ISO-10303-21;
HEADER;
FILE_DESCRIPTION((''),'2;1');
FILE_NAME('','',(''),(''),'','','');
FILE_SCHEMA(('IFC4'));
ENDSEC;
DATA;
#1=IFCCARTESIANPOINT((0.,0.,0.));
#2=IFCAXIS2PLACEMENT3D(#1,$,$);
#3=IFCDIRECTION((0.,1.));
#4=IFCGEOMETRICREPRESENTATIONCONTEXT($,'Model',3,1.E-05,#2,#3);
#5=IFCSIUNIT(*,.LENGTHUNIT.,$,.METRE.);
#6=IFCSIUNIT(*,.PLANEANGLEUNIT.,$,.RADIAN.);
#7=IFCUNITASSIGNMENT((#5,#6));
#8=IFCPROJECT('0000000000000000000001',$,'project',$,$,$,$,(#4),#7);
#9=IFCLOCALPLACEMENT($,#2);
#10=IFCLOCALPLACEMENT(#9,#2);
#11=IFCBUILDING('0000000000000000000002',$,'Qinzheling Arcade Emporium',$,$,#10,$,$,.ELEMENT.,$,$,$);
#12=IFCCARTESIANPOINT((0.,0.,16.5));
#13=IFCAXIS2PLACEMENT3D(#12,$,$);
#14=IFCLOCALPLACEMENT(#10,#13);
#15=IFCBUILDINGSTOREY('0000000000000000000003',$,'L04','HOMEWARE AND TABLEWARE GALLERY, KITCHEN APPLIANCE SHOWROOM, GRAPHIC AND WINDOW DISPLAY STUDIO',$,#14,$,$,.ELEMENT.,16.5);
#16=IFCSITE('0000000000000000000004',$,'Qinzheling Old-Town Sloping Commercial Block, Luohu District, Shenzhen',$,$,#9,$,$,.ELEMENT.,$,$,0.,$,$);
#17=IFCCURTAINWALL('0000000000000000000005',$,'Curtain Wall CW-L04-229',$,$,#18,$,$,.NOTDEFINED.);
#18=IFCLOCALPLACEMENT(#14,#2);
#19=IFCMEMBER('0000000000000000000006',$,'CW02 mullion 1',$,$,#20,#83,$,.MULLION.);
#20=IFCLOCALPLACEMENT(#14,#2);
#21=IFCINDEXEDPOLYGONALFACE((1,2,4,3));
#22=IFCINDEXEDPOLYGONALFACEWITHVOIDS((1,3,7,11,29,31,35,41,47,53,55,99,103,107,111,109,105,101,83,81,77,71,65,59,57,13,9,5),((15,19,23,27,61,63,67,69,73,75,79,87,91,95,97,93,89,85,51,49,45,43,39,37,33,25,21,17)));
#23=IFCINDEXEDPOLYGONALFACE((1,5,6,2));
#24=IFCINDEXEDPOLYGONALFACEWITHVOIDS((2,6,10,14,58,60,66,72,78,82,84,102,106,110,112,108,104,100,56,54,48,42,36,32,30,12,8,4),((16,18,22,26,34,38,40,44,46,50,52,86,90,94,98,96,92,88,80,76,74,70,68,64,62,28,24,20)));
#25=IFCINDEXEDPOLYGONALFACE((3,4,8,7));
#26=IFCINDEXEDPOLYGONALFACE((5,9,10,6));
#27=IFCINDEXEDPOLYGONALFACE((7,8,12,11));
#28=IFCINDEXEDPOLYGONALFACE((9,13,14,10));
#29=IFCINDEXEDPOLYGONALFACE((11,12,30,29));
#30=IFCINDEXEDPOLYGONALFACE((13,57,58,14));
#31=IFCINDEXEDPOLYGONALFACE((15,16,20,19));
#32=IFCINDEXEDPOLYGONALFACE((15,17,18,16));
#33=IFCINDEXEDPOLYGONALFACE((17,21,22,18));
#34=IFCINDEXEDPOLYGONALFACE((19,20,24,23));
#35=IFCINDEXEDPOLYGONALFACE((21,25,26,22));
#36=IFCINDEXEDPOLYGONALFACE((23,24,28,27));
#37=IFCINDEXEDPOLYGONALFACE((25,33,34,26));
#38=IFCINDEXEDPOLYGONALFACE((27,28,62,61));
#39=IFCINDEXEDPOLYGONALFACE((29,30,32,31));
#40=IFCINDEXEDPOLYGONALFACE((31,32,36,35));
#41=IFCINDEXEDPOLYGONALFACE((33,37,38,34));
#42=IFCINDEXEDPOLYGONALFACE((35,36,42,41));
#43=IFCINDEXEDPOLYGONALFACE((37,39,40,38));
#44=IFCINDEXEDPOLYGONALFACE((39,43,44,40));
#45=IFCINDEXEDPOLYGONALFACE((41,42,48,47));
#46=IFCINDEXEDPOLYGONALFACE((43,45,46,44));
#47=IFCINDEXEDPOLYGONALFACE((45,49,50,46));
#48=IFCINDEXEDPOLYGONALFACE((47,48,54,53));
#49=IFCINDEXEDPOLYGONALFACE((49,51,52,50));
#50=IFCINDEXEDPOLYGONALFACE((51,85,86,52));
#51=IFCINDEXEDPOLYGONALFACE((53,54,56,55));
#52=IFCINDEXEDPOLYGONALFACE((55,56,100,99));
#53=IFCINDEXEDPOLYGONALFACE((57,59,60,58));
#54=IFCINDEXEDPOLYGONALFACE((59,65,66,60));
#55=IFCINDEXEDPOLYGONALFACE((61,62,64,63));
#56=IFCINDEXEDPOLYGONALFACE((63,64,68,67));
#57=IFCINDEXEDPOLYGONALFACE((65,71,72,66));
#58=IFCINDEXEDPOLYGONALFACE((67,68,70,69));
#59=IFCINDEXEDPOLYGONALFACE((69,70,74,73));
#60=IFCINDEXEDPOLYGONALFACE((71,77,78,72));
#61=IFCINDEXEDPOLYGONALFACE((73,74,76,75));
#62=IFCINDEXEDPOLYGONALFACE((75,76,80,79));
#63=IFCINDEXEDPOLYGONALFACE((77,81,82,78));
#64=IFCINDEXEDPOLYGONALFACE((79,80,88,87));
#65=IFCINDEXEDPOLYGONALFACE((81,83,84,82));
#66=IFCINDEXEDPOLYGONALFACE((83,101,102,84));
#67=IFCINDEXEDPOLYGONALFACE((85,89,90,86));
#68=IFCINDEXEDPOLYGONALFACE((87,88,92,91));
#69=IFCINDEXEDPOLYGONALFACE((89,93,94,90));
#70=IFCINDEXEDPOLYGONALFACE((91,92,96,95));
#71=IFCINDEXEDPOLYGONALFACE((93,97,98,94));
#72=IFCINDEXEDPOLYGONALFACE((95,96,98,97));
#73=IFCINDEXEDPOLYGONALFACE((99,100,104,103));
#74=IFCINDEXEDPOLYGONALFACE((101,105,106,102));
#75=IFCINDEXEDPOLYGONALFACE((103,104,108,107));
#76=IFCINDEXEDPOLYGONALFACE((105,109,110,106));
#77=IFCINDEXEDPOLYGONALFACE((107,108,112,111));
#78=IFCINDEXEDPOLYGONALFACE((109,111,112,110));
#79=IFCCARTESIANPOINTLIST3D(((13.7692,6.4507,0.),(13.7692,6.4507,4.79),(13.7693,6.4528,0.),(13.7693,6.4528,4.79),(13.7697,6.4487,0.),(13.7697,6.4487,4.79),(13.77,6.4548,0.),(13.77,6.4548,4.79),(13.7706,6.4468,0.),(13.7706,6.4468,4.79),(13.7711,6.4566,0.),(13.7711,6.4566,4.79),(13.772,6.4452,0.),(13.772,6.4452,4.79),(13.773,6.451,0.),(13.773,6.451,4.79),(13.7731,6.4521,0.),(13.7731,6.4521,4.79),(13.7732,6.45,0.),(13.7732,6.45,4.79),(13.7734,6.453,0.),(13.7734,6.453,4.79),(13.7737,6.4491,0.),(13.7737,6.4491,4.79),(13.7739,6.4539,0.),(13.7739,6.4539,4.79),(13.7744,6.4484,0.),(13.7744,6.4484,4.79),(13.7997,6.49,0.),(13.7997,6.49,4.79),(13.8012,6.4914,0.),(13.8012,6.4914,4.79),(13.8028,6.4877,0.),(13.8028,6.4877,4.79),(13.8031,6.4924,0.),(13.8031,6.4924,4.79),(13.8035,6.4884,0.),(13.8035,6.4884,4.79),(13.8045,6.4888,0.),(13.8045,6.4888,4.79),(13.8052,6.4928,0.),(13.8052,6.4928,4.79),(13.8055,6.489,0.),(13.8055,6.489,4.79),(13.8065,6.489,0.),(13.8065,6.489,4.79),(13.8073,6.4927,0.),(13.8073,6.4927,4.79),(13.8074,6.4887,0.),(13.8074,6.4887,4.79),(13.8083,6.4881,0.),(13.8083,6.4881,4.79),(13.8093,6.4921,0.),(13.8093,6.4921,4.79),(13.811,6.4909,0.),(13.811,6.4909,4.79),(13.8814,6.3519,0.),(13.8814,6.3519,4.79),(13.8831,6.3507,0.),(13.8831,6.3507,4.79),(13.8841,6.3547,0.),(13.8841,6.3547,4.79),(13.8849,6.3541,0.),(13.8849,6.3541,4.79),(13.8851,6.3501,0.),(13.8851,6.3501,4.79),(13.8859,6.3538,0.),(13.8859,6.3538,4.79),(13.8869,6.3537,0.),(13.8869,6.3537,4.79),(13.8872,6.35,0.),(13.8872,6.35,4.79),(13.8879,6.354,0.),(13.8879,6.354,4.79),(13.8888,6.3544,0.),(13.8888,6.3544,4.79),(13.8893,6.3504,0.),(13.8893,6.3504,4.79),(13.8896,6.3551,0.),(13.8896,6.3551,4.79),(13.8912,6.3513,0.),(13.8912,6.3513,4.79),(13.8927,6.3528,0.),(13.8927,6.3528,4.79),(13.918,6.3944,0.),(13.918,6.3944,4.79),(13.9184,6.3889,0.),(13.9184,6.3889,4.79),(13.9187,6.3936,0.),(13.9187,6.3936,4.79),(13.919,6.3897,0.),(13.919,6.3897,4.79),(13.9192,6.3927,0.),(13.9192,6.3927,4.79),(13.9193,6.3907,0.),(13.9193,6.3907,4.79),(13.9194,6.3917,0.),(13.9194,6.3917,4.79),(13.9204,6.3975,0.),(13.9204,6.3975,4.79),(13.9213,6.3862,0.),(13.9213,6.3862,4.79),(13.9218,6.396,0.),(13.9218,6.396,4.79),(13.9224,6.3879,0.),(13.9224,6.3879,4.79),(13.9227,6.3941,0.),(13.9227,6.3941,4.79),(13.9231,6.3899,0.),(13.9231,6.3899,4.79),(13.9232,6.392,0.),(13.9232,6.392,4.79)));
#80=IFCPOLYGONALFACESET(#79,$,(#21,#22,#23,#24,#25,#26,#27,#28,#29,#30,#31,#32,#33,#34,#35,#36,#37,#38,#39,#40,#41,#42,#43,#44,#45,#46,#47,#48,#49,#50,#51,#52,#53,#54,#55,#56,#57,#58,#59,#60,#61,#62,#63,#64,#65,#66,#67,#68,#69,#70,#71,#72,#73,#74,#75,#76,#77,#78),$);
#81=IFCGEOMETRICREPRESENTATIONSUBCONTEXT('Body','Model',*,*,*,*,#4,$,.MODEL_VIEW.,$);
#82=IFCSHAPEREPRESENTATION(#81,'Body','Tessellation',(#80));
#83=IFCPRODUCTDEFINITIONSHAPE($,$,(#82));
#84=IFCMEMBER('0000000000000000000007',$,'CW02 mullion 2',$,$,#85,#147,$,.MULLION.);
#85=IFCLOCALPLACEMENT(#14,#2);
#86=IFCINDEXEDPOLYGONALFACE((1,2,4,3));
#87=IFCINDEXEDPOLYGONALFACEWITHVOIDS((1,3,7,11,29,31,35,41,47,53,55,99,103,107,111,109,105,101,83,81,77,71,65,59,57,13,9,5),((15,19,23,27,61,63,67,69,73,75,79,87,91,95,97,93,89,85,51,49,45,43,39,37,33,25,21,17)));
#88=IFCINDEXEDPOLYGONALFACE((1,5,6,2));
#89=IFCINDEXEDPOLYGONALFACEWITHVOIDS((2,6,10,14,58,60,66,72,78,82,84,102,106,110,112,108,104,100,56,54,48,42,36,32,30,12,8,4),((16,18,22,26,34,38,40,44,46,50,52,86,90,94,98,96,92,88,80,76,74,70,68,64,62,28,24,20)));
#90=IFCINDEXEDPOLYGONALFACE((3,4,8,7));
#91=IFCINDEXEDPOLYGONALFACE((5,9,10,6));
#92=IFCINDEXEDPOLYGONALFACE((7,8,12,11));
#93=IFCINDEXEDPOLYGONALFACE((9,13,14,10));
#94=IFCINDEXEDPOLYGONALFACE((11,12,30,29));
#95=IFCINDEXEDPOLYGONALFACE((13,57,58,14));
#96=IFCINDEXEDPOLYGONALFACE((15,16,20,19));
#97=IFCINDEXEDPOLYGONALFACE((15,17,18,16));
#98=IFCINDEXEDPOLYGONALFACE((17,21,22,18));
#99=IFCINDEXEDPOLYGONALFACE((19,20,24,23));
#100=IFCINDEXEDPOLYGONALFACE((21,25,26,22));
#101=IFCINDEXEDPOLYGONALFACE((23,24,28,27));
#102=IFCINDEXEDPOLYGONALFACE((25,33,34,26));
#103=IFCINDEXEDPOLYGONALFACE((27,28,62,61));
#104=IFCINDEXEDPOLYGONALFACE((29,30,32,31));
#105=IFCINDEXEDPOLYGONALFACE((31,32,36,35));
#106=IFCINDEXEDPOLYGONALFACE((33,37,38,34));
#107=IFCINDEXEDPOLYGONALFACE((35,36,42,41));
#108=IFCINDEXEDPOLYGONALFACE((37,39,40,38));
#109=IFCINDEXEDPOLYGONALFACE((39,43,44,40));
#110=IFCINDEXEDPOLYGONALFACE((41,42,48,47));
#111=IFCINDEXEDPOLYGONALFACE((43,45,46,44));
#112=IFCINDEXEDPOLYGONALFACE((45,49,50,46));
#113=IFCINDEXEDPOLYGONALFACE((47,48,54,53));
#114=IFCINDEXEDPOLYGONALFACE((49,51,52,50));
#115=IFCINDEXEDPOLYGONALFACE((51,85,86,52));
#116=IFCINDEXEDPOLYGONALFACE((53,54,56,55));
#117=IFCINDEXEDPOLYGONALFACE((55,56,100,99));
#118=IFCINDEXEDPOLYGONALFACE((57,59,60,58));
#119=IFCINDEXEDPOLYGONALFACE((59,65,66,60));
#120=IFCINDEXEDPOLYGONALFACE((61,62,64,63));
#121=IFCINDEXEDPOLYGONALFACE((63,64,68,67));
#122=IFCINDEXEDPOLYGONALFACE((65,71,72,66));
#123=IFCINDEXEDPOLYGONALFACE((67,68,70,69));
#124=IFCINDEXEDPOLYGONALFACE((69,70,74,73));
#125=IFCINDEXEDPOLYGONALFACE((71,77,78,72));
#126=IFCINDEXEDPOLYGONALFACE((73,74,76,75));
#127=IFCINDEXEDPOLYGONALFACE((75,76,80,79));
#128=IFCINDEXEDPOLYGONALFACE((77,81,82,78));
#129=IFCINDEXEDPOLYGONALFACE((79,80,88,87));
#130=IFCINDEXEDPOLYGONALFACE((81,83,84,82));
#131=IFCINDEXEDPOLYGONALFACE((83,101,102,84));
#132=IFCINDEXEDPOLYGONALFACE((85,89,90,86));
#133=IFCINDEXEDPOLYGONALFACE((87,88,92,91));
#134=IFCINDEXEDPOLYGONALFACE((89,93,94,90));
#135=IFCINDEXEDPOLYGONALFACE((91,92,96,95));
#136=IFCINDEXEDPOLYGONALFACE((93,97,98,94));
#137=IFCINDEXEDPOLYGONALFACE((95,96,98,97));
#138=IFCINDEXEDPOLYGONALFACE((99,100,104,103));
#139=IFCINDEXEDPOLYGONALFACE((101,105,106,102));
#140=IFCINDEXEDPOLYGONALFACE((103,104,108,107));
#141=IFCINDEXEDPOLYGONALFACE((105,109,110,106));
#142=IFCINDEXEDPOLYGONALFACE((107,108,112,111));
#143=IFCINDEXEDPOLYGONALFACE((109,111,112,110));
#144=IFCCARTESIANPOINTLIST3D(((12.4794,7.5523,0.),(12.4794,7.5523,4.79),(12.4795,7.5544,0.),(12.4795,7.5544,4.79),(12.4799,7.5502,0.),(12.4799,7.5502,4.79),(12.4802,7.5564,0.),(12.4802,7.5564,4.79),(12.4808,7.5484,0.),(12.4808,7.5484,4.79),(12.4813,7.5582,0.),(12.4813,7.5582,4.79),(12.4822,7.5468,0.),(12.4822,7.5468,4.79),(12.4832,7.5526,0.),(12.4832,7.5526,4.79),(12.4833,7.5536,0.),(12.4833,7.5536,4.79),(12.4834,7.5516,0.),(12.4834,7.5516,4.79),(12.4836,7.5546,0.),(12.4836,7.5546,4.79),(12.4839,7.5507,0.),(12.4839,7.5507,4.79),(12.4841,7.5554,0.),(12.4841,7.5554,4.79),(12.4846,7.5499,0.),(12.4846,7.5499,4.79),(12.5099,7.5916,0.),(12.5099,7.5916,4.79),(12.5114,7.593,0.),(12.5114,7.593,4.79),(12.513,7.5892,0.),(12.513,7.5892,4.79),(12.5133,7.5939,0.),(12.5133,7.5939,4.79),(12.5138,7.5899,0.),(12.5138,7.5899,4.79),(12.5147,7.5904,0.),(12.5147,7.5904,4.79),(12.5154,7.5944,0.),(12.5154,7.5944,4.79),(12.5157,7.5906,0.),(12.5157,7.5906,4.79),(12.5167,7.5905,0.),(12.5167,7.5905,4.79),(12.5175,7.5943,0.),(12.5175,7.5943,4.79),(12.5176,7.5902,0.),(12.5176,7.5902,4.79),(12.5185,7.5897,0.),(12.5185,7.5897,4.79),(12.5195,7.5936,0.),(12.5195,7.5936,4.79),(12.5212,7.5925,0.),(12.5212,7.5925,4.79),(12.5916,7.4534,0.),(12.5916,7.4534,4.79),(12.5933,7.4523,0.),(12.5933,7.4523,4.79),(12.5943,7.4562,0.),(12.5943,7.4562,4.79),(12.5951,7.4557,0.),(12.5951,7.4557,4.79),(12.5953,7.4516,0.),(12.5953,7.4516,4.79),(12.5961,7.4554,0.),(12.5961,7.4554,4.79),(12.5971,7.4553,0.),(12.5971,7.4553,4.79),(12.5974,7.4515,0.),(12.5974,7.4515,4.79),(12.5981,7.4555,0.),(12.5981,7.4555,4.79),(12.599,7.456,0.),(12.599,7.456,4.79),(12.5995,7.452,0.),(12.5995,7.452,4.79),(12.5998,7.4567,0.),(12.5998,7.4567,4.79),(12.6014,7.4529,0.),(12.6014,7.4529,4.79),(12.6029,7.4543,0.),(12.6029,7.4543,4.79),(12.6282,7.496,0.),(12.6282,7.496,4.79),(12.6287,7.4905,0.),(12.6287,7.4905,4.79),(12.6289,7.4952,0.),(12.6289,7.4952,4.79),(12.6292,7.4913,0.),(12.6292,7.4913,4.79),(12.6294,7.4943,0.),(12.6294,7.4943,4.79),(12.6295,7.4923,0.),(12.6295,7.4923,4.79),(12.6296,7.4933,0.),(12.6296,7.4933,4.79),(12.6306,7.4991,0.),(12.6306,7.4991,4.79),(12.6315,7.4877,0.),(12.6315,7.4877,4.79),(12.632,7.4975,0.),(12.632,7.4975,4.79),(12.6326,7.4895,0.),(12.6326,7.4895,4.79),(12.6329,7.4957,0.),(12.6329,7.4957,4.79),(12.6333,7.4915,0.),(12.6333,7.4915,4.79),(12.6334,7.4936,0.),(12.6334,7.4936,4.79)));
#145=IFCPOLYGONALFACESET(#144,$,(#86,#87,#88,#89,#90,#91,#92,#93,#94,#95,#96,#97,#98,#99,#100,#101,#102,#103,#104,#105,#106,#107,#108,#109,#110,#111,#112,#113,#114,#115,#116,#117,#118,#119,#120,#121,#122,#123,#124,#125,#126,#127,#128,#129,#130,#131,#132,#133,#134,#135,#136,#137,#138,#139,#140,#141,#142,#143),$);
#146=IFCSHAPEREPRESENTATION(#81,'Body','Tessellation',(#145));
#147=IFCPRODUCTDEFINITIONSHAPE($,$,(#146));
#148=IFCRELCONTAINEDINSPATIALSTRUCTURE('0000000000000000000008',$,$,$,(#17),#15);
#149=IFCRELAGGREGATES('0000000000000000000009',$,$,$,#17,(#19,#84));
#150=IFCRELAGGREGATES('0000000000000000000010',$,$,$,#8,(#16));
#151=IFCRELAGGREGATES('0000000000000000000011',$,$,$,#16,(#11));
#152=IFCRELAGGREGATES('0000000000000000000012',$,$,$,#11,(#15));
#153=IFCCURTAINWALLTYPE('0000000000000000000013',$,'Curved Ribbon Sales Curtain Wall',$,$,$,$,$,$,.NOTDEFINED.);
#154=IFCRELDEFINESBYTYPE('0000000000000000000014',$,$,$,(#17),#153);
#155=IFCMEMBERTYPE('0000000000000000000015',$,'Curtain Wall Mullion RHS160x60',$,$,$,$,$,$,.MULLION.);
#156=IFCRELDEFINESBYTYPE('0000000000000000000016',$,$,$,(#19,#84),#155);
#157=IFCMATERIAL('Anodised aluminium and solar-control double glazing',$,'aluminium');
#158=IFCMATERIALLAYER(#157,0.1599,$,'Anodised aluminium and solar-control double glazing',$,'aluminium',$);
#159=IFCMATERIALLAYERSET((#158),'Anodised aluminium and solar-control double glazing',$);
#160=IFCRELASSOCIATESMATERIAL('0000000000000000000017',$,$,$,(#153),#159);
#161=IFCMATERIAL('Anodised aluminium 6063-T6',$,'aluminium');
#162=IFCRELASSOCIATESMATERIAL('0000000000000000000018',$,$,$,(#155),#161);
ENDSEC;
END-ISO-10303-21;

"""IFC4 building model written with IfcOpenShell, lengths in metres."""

from ifc_helpers import new_model, si_unit, direction, frame, origin, origin_2d, place, context, subcontext, project, spatial, hollow_rectangle, extrude, material, layer, layer_set, material_profile, profile_set, type_object, element, aggregate, save


model = new_model("IFC4")

# Units and contexts
model_context = context("Model", 3, precision=1e-05, world=origin(), true_north=direction((0.0, 1.0)))
body_context = subcontext(model_context, "Body", "Model", "MODEL_VIEW")
ifc_project = project(units=[si_unit("LENGTHUNIT", "METRE"), si_unit("PLANEANGLEUNIT", "RADIAN")], contexts=[model_context])

# Site, building, storey
site_placement = place(None, origin())
site = spatial("IfcSite", under=ifc_project, at=site_placement, Name="Qinzheling Old-Town Sloping Commercial Block, Luohu District, Shenzhen", CompositionType="ELEMENT", RefElevation=0.0)
building_placement = place(site_placement, origin())
building = spatial("IfcBuilding", under=site, at=building_placement, Name="Qinzheling Arcade Emporium", CompositionType="ELEMENT")
storey_placement = place(building_placement, frame((0.0, 0.0, 16.5)))
storey = spatial("IfcBuildingStorey", under=building, at=storey_placement, Name="L04", Description="HOMEWARE AND TABLEWARE GALLERY, KITCHEN APPLIANCE SHOWROOM, GRAPHIC AND WINDOW DISPLAY STUDIO", CompositionType="ELEMENT", Elevation=16.5)

# Shared definitions
ifc_material_1 = material(Name="Anodised aluminium and solar-control double glazing", Category="aluminium")
ifc_layer_1 = layer(ifc_material_1, 0.1599, Name="Anodised aluminium and solar-control double glazing", Category="aluminium")
ifc_layer_set_1 = layer_set([ifc_layer_1], Name="Anodised aluminium and solar-control double glazing")
curtain_wall_type = type_object("IfcCurtainWallType", Name="Curved Ribbon Sales Curtain Wall", PredefinedType="NOTDEFINED", material=ifc_layer_set_1)
ifc_material_2 = material(Name="Anodised aluminium 6063-T6", Category="aluminium")
ifc_material_profile_1 = material_profile(ifc_material_2, hollow_rectangle(XDim=0.0601, YDim=0.1599, WallThickness=0.0039, InnerFilletRadius=0.0039, OuterFilletRadius=0.0081, at=origin_2d()), Name="RHS 160x60x4", Category="aluminium")
ifc_profile_set_1 = profile_set([ifc_material_profile_1], Name="Anodised aluminium 6063-T6")
member_type_1 = type_object("IfcMemberType", Name="Curtain Wall Mullion RHS160x60", PredefinedType="MULLION", material=ifc_profile_set_1)

# Curtain wall, members
curtain_wall_1_placement = place(storey_placement, origin())
curtain_wall_1 = element("IfcCurtainWall", 1, at=curtain_wall_1_placement, inside=storey, type_object=curtain_wall_type, Name="Curtain Wall CW-L04-229", PredefinedType="NOTDEFINED")
member_1_placement = place(storey_placement, frame((13.8462, 6.4214, 0.0), z_axis=(0.0, 0.0, 1.0), x_axis=(-0.649454, -0.760401, 0.0)))
member_1 = element("IfcMember", 2, at=member_1_placement, type_object=member_type_1, Name="CW02 mullion 1", PredefinedType="MULLION", context=body_context, shape_type="SweptSolid", body=[
    extrude(hollow_rectangle(XDim=0.0601, YDim=0.1599, WallThickness=0.0039, InnerFilletRadius=0.0039, OuterFilletRadius=0.0081, at=origin_2d()), origin(), (0.0, 0.0, 1.0), 4.79),
])
member_2_placement = place(storey_placement, frame((12.5564, 7.5229, 0.0), z_axis=(0.0, 0.0, 1.0), x_axis=(-0.649454, -0.760401, 0.0)))
member_2 = element("IfcMember", 3, at=member_2_placement, type_object=member_type_1, Name="CW02 mullion 2", PredefinedType="MULLION", context=body_context, shape_type="SweptSolid", body=[
    extrude(hollow_rectangle(XDim=0.0601, YDim=0.1599, WallThickness=0.0039, InnerFilletRadius=0.0039, OuterFilletRadius=0.0081, at=origin_2d()), origin(), (0.0, 0.0, 1.0), 4.79),
])

aggregate(curtain_wall_1, [member_1, member_2])

save(model, "model.ifc")
